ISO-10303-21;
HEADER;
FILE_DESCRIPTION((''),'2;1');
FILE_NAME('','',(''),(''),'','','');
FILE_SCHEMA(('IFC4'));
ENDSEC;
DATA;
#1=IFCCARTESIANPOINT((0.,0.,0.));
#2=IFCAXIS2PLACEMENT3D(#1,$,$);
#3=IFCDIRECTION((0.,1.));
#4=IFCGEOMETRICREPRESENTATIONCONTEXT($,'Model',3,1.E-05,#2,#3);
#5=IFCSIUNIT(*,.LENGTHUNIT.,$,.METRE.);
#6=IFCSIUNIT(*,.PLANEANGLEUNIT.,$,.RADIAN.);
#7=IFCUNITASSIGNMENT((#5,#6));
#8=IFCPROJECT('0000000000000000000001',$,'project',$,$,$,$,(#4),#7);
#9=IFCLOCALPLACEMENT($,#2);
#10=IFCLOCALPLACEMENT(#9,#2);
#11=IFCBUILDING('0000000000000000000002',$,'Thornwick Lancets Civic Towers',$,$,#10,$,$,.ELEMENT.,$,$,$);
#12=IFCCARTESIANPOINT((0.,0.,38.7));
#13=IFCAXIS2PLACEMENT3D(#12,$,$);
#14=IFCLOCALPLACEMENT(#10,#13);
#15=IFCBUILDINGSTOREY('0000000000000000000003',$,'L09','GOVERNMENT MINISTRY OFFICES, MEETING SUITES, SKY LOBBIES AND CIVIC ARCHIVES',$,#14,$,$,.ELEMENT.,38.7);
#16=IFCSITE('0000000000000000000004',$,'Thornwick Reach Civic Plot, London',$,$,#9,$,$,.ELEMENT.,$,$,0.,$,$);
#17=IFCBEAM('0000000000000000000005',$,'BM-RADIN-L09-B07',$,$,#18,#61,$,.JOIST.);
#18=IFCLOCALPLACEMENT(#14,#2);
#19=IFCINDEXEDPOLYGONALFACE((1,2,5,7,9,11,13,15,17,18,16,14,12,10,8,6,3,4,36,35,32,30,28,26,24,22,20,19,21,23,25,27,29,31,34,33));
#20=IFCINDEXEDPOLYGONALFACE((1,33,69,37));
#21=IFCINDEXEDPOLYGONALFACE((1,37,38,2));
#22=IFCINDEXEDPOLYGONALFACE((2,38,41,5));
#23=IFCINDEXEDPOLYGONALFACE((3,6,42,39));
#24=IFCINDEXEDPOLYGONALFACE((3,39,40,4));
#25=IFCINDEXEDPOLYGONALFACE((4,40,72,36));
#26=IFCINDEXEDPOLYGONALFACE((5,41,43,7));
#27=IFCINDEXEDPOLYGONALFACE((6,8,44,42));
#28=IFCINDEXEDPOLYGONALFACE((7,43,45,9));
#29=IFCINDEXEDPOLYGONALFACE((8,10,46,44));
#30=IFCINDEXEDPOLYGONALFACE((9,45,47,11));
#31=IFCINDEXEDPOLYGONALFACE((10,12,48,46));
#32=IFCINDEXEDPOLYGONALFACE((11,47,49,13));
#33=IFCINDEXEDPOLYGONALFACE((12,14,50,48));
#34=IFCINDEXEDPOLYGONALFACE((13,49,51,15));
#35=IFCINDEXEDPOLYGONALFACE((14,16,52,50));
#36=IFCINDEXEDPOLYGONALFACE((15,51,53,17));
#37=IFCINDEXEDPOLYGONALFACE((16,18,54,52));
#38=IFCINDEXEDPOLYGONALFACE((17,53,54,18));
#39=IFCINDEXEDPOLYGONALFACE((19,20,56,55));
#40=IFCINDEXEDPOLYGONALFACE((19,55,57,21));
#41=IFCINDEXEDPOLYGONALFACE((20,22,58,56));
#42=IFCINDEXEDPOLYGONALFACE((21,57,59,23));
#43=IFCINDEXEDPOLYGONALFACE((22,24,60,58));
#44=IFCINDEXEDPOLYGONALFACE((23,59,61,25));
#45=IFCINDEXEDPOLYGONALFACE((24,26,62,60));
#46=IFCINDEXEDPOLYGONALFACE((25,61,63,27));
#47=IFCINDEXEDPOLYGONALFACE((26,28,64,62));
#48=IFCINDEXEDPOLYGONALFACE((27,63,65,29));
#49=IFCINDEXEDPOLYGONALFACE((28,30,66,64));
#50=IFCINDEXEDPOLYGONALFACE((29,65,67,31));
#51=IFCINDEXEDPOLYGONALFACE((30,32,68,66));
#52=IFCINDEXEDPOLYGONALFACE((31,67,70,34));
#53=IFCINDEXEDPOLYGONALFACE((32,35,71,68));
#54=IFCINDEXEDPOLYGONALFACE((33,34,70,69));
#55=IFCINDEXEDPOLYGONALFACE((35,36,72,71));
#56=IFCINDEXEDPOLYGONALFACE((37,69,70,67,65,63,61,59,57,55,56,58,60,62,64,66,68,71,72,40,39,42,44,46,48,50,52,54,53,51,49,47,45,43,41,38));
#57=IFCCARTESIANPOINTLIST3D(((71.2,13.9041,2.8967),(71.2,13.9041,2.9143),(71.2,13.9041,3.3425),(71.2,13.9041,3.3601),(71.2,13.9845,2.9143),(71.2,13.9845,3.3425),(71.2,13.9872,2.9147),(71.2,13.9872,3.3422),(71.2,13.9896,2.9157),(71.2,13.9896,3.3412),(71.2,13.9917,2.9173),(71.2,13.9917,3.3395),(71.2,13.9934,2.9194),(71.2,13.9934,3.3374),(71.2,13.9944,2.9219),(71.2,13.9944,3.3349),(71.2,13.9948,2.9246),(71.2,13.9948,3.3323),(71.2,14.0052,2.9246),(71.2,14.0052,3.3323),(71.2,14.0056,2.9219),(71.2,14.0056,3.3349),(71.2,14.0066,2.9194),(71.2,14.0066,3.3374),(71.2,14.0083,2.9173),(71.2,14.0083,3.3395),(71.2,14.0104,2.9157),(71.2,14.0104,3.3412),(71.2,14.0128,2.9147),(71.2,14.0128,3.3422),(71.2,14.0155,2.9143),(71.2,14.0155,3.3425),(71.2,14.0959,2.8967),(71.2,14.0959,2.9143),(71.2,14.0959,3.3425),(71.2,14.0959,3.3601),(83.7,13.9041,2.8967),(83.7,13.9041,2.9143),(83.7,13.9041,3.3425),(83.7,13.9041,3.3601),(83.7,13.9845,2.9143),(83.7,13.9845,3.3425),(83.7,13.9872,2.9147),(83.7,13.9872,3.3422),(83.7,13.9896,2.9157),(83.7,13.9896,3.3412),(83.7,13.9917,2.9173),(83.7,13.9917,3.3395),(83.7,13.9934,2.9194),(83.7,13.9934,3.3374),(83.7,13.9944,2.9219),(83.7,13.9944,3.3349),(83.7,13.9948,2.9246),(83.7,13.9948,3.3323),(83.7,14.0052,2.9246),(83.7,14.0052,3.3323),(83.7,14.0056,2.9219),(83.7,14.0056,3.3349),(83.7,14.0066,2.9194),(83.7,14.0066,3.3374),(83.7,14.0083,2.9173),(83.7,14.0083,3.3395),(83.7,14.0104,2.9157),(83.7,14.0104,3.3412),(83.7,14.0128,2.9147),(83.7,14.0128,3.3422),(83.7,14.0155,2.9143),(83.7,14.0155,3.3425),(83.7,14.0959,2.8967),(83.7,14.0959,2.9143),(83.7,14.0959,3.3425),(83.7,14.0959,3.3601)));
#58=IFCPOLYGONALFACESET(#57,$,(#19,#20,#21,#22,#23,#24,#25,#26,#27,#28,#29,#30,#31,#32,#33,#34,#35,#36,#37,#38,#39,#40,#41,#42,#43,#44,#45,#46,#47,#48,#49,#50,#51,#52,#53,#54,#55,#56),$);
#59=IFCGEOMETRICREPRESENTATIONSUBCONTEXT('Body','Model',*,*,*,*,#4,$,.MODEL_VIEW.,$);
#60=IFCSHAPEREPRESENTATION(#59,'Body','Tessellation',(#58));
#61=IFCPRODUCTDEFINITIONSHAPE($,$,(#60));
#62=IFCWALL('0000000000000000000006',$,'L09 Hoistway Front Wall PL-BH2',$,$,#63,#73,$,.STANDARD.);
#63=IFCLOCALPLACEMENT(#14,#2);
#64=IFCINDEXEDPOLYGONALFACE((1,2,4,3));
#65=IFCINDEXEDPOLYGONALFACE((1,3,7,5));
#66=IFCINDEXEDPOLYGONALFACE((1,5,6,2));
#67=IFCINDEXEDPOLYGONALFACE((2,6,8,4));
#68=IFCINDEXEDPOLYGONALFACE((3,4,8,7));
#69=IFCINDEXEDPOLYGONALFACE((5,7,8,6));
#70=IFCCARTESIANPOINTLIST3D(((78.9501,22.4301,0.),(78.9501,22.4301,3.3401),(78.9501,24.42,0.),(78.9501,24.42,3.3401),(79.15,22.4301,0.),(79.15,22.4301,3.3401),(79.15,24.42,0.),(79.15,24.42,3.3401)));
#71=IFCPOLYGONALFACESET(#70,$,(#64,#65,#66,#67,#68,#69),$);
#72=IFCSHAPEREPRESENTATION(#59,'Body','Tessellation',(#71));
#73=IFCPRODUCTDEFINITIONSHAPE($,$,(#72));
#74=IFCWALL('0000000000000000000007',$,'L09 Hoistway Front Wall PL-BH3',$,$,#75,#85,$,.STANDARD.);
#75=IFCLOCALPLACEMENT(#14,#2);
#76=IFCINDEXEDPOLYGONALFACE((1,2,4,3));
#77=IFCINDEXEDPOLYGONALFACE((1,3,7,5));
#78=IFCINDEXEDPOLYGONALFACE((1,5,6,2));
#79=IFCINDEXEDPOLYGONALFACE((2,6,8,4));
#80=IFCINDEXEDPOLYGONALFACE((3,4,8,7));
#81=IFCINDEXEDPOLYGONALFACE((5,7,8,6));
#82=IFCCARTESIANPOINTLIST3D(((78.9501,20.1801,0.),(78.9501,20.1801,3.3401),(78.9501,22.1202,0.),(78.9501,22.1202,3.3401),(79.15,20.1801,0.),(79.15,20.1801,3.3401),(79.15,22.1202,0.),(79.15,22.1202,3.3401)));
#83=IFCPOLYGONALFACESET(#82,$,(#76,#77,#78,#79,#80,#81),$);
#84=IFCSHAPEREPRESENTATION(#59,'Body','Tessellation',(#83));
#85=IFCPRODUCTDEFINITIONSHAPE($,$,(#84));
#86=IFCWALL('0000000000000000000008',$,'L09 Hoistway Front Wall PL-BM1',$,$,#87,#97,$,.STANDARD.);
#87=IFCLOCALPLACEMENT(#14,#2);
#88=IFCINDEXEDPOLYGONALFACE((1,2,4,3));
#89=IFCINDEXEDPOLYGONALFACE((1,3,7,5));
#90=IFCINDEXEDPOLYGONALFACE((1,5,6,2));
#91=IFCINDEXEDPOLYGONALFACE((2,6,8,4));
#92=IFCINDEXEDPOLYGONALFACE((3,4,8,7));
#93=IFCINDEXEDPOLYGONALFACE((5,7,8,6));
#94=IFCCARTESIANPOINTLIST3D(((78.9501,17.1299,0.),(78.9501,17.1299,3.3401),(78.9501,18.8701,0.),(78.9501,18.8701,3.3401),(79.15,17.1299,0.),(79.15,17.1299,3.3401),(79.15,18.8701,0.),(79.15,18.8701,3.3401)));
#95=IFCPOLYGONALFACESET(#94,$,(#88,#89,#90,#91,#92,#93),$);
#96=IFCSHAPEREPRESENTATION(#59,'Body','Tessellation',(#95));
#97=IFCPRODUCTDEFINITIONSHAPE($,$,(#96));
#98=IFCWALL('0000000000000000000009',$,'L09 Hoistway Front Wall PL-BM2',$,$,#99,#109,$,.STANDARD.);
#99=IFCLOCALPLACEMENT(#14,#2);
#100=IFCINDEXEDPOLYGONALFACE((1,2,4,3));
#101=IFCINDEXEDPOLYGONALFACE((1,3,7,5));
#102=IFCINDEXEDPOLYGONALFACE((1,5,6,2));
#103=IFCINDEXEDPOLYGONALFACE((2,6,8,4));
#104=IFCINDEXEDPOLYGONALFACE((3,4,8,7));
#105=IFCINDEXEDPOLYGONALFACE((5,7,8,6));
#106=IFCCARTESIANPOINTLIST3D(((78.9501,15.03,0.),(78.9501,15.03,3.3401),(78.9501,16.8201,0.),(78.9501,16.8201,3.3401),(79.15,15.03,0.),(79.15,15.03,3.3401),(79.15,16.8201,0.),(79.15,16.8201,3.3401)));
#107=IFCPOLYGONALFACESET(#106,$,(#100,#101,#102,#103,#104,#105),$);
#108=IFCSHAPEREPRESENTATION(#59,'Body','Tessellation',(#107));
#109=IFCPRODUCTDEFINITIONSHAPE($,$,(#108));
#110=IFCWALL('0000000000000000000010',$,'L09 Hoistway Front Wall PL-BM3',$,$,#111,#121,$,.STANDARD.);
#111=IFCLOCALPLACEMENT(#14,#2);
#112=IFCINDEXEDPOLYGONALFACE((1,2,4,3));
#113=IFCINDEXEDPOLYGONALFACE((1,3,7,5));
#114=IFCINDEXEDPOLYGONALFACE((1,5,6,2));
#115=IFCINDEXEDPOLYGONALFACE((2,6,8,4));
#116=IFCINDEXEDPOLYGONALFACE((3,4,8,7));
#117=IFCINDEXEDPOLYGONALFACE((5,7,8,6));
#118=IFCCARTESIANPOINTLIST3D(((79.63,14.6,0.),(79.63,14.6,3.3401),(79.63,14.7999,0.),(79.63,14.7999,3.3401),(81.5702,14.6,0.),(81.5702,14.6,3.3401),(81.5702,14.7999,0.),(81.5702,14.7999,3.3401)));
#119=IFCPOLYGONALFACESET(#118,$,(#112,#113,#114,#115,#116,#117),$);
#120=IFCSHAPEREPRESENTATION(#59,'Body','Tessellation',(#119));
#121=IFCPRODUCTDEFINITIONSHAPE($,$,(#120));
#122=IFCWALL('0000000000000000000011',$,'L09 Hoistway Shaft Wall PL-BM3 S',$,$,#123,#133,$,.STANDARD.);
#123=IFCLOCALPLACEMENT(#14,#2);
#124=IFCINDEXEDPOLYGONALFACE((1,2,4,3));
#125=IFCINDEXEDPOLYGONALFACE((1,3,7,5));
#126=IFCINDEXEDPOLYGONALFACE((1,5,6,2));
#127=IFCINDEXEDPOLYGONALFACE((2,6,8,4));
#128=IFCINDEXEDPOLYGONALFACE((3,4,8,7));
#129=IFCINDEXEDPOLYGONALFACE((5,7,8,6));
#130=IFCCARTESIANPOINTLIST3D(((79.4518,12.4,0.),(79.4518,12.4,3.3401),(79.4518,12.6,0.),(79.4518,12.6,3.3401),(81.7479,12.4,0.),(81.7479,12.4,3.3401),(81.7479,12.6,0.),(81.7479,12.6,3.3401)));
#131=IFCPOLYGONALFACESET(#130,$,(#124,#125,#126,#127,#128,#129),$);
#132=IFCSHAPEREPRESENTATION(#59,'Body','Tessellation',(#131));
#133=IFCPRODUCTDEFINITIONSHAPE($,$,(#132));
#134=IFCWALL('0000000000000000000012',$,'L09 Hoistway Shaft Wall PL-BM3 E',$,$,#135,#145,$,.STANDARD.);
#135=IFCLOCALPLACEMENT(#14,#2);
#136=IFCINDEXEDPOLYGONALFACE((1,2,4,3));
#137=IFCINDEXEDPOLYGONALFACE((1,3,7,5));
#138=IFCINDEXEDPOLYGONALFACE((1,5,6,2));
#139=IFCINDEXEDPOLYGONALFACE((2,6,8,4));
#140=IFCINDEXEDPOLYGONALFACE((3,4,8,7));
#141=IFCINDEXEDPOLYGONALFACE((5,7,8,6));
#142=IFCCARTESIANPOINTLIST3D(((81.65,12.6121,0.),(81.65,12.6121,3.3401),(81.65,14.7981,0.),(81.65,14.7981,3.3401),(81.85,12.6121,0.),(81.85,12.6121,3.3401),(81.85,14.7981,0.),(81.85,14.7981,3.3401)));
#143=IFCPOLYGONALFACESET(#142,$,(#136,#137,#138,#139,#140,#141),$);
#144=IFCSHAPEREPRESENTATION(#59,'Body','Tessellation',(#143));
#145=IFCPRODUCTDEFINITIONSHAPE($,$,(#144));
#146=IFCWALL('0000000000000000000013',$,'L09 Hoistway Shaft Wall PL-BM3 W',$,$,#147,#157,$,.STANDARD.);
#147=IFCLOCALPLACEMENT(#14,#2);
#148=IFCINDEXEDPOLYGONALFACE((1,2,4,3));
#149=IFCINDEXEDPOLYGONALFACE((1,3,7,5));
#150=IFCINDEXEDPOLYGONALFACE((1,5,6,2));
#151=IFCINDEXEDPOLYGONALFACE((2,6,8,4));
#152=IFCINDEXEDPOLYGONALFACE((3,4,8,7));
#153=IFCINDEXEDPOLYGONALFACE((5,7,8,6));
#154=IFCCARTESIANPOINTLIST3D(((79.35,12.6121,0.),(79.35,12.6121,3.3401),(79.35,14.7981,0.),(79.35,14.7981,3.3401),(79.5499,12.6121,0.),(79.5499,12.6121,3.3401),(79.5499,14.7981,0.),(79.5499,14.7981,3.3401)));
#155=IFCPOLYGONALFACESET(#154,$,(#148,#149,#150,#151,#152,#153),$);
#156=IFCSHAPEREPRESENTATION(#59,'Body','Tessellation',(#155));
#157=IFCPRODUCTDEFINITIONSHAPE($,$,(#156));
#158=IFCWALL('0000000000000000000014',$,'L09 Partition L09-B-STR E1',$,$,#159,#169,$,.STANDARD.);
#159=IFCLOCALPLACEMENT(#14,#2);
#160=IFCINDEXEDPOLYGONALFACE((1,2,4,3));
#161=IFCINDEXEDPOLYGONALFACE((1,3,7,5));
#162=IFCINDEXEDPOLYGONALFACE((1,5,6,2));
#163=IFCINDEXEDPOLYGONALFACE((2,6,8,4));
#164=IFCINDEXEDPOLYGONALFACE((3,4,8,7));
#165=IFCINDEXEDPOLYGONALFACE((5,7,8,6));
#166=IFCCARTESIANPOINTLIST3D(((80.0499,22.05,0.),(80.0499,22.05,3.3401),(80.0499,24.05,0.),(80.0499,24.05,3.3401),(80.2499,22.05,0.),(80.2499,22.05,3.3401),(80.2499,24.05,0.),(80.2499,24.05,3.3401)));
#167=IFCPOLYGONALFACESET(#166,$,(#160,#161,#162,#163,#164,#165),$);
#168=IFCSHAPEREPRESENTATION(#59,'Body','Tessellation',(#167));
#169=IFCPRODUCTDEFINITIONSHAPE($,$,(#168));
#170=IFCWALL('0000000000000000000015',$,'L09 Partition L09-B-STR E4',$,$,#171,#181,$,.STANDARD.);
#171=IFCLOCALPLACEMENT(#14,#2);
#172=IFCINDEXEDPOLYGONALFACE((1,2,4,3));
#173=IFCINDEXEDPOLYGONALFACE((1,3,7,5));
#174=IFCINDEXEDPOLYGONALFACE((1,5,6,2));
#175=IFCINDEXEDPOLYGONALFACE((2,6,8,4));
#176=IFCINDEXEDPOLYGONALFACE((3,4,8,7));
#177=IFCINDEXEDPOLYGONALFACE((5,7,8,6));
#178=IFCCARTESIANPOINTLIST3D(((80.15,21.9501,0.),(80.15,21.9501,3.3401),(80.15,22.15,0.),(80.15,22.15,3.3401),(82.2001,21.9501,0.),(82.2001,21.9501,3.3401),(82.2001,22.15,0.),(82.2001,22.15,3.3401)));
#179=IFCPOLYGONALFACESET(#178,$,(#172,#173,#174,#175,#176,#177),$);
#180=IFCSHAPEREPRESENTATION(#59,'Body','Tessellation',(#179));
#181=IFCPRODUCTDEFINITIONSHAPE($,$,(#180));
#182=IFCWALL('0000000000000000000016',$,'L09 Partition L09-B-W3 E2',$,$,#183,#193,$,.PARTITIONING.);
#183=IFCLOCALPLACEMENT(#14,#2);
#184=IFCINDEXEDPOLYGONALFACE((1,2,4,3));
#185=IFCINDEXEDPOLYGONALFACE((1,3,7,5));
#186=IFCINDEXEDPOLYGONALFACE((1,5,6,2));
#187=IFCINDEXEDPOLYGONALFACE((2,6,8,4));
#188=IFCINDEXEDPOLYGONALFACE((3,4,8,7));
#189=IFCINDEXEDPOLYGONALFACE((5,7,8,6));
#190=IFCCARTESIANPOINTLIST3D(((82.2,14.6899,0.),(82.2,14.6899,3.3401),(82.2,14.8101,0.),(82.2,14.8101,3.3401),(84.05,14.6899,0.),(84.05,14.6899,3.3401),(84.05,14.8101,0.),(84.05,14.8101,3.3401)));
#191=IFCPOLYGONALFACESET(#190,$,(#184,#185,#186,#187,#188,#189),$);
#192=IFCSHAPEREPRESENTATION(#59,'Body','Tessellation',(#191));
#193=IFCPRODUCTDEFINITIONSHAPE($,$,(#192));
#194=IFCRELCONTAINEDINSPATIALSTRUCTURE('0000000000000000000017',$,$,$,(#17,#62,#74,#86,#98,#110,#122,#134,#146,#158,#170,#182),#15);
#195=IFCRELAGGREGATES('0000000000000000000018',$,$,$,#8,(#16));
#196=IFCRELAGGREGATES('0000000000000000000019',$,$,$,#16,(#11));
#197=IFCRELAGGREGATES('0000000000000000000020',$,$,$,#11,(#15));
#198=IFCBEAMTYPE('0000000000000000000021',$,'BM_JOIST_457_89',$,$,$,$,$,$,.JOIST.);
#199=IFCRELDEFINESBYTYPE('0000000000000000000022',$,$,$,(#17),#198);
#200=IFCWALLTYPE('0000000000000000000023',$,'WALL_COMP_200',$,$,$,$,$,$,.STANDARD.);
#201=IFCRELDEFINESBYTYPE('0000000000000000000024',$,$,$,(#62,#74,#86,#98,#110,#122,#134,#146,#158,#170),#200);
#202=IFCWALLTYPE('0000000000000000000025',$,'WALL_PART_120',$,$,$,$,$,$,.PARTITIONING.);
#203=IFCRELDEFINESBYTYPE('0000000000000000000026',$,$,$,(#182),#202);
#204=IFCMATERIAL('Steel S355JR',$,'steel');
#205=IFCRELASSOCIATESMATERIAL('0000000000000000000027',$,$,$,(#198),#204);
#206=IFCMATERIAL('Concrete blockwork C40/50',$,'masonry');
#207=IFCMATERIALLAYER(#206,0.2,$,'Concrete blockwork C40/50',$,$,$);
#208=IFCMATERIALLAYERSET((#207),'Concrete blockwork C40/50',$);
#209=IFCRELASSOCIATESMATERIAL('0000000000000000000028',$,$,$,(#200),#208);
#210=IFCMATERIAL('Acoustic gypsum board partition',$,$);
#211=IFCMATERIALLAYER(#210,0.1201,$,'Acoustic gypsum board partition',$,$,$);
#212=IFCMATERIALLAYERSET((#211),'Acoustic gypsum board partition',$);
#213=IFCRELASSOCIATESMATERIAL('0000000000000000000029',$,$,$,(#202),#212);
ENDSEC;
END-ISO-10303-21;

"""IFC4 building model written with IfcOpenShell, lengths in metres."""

from ifc_helpers import new_model, si_unit, direction, frame, frame_2d, origin, origin_2d, place, context, subcontext, project, spatial, rectangle, i_section, extrude, material, layer, layer_set, material_profile, profile_set, type_object, element, save


model = new_model("IFC4")

# Units and contexts
model_context = context("Model", 3, precision=1e-05, world=origin(), true_north=direction((0.0, 1.0)))
body_context = subcontext(model_context, "Body", "Model", "MODEL_VIEW")
ifc_project = project(units=[si_unit("LENGTHUNIT", "METRE"), si_unit("PLANEANGLEUNIT", "RADIAN")], contexts=[model_context])

# Site, building, storey
site_placement = place(None, origin())
site = spatial("IfcSite", under=ifc_project, at=site_placement, Name="Thornwick Reach Civic Plot, London", CompositionType="ELEMENT", RefElevation=0.0)
building_placement = place(site_placement, origin())
building = spatial("IfcBuilding", under=site, at=building_placement, Name="Thornwick Lancets Civic Towers", CompositionType="ELEMENT")
storey_placement = place(building_placement, frame((0.0, 0.0, 38.7)))
storey = spatial("IfcBuildingStorey", under=building, at=storey_placement, Name="L09", Description="GOVERNMENT MINISTRY OFFICES, MEETING SUITES, SKY LOBBIES AND CIVIC ARCHIVES", CompositionType="ELEMENT", Elevation=38.7)

# Beam
ifc_material_1 = material(Name="Steel S355JR", Category="steel")
ifc_material_profile_1 = material_profile(ifc_material_1, i_section(OverallWidth=0.1919, OverallDepth=0.4634, WebThickness=0.0105, FlangeThickness=0.0176, FilletRadius=0.0103, at=origin_2d()), Name="UKB 457x191x89")
ifc_profile_set_1 = profile_set([ifc_material_profile_1], Name="Steel S355JR")
beam_type_1 = type_object("IfcBeamType", Name="BM_JOIST_457_89", PredefinedType="JOIST", material=ifc_profile_set_1)
beam_1_placement = place(storey_placement, frame((83.7, 14.0, 3.1284), z_axis=(-1.0, 0.0, 0.0), x_axis=(0.0, -1.0, 0.0)))
element("IfcBeam", 1, at=beam_1_placement, inside=storey, type_object=beam_type_1, Name="BM-RADIN-L09-B07", PredefinedType="JOIST", context=body_context, shape_type="SweptSolid", body=[
    extrude(i_section(OverallWidth=0.1919, OverallDepth=0.4634, WebThickness=0.0105, FlangeThickness=0.0176, FilletRadius=0.0103, at=origin_2d()), origin(), (0.0, 0.0, 1.0), 12.5),
])

# Walls
ifc_material_2 = material(Name="Concrete blockwork C40/50", Category="masonry")
ifc_layer_1 = layer(ifc_material_2, 0.2, Name="Concrete blockwork C40/50")
ifc_layer_set_1 = layer_set([ifc_layer_1], Name="Concrete blockwork C40/50")
wall_type_1 = type_object("IfcWallType", Name="WALL_COMP_200", PredefinedType="STANDARD", material=ifc_layer_set_1)
wall_1_placement = place(storey_placement, frame((79.05, 22.4299, 0.0), z_axis=(0.0, 0.0, 1.0), x_axis=(0.0, 1.0, 0.0)))
element("IfcWall", 2, at=wall_1_placement, inside=storey, type_object=wall_type_1, Name="L09 Hoistway Front Wall PL-BH2", PredefinedType="STANDARD", context=body_context, shape_type="SweptSolid", body=[
    extrude(rectangle(XDim=1.99, YDim=0.2, at=frame_2d((0.9951, 0.0))), origin(), (0.0, 0.0, 1.0), 3.3401),
])
wall_2_placement = place(storey_placement, frame((79.05, 20.1799, 0.0), z_axis=(0.0, 0.0, 1.0), x_axis=(0.0, 1.0, 0.0)))
element("IfcWall", 3, at=wall_2_placement, inside=storey, type_object=wall_type_1, Name="L09 Hoistway Front Wall PL-BH3", PredefinedType="STANDARD", context=body_context, shape_type="SweptSolid", body=[
    extrude(rectangle(XDim=1.9402, YDim=0.2, at=frame_2d((0.9702, 0.0))), origin(), (0.0, 0.0, 1.0), 3.3401),
])
wall_3_placement = place(storey_placement, frame((79.05, 17.1299, 0.0), z_axis=(0.0, 0.0, 1.0), x_axis=(0.0, 1.0, 0.0)))
element("IfcWall", 4, at=wall_3_placement, inside=storey, type_object=wall_type_1, Name="L09 Hoistway Front Wall PL-BM1", PredefinedType="STANDARD", context=body_context, shape_type="SweptSolid", body=[
    extrude(rectangle(XDim=1.7402, YDim=0.2, at=frame_2d((0.8701, 0.0))), origin(), (0.0, 0.0, 1.0), 3.3401),
])
wall_4_placement = place(storey_placement, frame((79.05, 15.03, 0.0), z_axis=(0.0, 0.0, 1.0), x_axis=(0.0, 1.0, 0.0)))
element("IfcWall", 5, at=wall_4_placement, inside=storey, type_object=wall_type_1, Name="L09 Hoistway Front Wall PL-BM2", PredefinedType="STANDARD", context=body_context, shape_type="SweptSolid", body=[
    extrude(rectangle(XDim=1.79, YDim=0.2, at=frame_2d((0.895, 0.0))), origin(), (0.0, 0.0, 1.0), 3.3401),
])
wall_5_placement = place(storey_placement, frame((79.6299, 14.7, 0.0), z_axis=(0.0, 0.0, 1.0), x_axis=(1.0, 0.0, 0.0)))
element("IfcWall", 6, at=wall_5_placement, inside=storey, type_object=wall_type_1, Name="L09 Hoistway Front Wall PL-BM3", PredefinedType="STANDARD", context=body_context, shape_type="SweptSolid", body=[
    extrude(rectangle(XDim=1.9402, YDim=0.2, at=frame_2d((0.9702, 0.0))), origin(), (0.0, 0.0, 1.0), 3.3401),
])
wall_6_placement = place(storey_placement, frame((79.4519, 12.5, 0.0), z_axis=(0.0, 0.0, 1.0), x_axis=(1.0, 0.0, 0.0)))
element("IfcWall", 7, at=wall_6_placement, inside=storey, type_object=wall_type_1, Name="L09 Hoistway Shaft Wall PL-BM3 S", PredefinedType="STANDARD", context=body_context, shape_type="SweptSolid", body=[
    extrude(rectangle(XDim=2.2961, YDim=0.2, at=frame_2d((1.1479, 0.0))), origin(), (0.0, 0.0, 1.0), 3.3401),
])
for number, where, z_axis, x_axis, name in (
    (8, (81.75, 12.6121, 0.0), (0.0, 0.0, 1.0), (0.0, 1.0, 0.0), "L09 Hoistway Shaft Wall PL-BM3 E"),
    (9, (79.45, 12.6121, 0.0), (0.0, 0.0, 1.0), (0.0, 1.0, 0.0), "L09 Hoistway Shaft Wall PL-BM3 W"),
):
    element("IfcWall", number, at=place(storey_placement, frame(where, z_axis=z_axis, x_axis=x_axis)), inside=storey, type_object=wall_type_1, Name=name, PredefinedType="STANDARD", context=body_context, shape_type="SweptSolid", body=[
        extrude(rectangle(XDim=2.186, YDim=0.2, at=frame_2d((1.093, 0.0))), origin(), (0.0, 0.0, 1.0), 3.3401),
    ])
wall_7_placement = place(storey_placement, frame((80.1499, 22.05, 0.0), z_axis=(0.0, 0.0, 1.0), x_axis=(0.0, 1.0, 0.0)))
element("IfcWall", 10, at=wall_7_placement, inside=storey, type_object=wall_type_1, Name="L09 Partition L09-B-STR E1", PredefinedType="STANDARD", context=body_context, shape_type="SweptSolid", body=[
    extrude(rectangle(XDim=2.0, YDim=0.2, at=frame_2d((1.0, 0.0))), origin(), (0.0, 0.0, 1.0), 3.3401),
])
wall_8_placement = place(storey_placement, frame((82.2, 22.05, 0.0), z_axis=(0.0, 0.0, 1.0), x_axis=(-1.0, 0.0, 0.0)))
element("IfcWall", 11, at=wall_8_placement, inside=storey, type_object=wall_type_1, Name="L09 Partition L09-B-STR E4", PredefinedType="STANDARD", context=body_context, shape_type="SweptSolid", body=[
    extrude(rectangle(XDim=2.05, YDim=0.2, at=frame_2d((1.0249, 0.0))), origin(), (0.0, 0.0, 1.0), 3.3401),
])
ifc_material_3 = material(Name="Acoustic gypsum board partition")
ifc_layer_2 = layer(ifc_material_3, 0.1201, Name="Acoustic gypsum board partition")
ifc_layer_set_2 = layer_set([ifc_layer_2], Name="Acoustic gypsum board partition")
wall_type_2 = type_object("IfcWallType", Name="WALL_PART_120", PredefinedType="PARTITIONING", material=ifc_layer_set_2)
wall_9_placement = place(storey_placement, frame((82.2, 14.75, 0.0), z_axis=(0.0, 0.0, 1.0), x_axis=(1.0, 0.0, 0.0)))
element("IfcWall", 12, at=wall_9_placement, inside=storey, type_object=wall_type_2, Name="L09 Partition L09-B-W3 E2", PredefinedType="PARTITIONING", context=body_context, shape_type="SweptSolid", body=[
    extrude(rectangle(XDim=1.8501, YDim=0.1201, at=frame_2d((0.925, 0.0))), origin(), (0.0, 0.0, 1.0), 3.3401),
])

save(model, "model.ifc")
